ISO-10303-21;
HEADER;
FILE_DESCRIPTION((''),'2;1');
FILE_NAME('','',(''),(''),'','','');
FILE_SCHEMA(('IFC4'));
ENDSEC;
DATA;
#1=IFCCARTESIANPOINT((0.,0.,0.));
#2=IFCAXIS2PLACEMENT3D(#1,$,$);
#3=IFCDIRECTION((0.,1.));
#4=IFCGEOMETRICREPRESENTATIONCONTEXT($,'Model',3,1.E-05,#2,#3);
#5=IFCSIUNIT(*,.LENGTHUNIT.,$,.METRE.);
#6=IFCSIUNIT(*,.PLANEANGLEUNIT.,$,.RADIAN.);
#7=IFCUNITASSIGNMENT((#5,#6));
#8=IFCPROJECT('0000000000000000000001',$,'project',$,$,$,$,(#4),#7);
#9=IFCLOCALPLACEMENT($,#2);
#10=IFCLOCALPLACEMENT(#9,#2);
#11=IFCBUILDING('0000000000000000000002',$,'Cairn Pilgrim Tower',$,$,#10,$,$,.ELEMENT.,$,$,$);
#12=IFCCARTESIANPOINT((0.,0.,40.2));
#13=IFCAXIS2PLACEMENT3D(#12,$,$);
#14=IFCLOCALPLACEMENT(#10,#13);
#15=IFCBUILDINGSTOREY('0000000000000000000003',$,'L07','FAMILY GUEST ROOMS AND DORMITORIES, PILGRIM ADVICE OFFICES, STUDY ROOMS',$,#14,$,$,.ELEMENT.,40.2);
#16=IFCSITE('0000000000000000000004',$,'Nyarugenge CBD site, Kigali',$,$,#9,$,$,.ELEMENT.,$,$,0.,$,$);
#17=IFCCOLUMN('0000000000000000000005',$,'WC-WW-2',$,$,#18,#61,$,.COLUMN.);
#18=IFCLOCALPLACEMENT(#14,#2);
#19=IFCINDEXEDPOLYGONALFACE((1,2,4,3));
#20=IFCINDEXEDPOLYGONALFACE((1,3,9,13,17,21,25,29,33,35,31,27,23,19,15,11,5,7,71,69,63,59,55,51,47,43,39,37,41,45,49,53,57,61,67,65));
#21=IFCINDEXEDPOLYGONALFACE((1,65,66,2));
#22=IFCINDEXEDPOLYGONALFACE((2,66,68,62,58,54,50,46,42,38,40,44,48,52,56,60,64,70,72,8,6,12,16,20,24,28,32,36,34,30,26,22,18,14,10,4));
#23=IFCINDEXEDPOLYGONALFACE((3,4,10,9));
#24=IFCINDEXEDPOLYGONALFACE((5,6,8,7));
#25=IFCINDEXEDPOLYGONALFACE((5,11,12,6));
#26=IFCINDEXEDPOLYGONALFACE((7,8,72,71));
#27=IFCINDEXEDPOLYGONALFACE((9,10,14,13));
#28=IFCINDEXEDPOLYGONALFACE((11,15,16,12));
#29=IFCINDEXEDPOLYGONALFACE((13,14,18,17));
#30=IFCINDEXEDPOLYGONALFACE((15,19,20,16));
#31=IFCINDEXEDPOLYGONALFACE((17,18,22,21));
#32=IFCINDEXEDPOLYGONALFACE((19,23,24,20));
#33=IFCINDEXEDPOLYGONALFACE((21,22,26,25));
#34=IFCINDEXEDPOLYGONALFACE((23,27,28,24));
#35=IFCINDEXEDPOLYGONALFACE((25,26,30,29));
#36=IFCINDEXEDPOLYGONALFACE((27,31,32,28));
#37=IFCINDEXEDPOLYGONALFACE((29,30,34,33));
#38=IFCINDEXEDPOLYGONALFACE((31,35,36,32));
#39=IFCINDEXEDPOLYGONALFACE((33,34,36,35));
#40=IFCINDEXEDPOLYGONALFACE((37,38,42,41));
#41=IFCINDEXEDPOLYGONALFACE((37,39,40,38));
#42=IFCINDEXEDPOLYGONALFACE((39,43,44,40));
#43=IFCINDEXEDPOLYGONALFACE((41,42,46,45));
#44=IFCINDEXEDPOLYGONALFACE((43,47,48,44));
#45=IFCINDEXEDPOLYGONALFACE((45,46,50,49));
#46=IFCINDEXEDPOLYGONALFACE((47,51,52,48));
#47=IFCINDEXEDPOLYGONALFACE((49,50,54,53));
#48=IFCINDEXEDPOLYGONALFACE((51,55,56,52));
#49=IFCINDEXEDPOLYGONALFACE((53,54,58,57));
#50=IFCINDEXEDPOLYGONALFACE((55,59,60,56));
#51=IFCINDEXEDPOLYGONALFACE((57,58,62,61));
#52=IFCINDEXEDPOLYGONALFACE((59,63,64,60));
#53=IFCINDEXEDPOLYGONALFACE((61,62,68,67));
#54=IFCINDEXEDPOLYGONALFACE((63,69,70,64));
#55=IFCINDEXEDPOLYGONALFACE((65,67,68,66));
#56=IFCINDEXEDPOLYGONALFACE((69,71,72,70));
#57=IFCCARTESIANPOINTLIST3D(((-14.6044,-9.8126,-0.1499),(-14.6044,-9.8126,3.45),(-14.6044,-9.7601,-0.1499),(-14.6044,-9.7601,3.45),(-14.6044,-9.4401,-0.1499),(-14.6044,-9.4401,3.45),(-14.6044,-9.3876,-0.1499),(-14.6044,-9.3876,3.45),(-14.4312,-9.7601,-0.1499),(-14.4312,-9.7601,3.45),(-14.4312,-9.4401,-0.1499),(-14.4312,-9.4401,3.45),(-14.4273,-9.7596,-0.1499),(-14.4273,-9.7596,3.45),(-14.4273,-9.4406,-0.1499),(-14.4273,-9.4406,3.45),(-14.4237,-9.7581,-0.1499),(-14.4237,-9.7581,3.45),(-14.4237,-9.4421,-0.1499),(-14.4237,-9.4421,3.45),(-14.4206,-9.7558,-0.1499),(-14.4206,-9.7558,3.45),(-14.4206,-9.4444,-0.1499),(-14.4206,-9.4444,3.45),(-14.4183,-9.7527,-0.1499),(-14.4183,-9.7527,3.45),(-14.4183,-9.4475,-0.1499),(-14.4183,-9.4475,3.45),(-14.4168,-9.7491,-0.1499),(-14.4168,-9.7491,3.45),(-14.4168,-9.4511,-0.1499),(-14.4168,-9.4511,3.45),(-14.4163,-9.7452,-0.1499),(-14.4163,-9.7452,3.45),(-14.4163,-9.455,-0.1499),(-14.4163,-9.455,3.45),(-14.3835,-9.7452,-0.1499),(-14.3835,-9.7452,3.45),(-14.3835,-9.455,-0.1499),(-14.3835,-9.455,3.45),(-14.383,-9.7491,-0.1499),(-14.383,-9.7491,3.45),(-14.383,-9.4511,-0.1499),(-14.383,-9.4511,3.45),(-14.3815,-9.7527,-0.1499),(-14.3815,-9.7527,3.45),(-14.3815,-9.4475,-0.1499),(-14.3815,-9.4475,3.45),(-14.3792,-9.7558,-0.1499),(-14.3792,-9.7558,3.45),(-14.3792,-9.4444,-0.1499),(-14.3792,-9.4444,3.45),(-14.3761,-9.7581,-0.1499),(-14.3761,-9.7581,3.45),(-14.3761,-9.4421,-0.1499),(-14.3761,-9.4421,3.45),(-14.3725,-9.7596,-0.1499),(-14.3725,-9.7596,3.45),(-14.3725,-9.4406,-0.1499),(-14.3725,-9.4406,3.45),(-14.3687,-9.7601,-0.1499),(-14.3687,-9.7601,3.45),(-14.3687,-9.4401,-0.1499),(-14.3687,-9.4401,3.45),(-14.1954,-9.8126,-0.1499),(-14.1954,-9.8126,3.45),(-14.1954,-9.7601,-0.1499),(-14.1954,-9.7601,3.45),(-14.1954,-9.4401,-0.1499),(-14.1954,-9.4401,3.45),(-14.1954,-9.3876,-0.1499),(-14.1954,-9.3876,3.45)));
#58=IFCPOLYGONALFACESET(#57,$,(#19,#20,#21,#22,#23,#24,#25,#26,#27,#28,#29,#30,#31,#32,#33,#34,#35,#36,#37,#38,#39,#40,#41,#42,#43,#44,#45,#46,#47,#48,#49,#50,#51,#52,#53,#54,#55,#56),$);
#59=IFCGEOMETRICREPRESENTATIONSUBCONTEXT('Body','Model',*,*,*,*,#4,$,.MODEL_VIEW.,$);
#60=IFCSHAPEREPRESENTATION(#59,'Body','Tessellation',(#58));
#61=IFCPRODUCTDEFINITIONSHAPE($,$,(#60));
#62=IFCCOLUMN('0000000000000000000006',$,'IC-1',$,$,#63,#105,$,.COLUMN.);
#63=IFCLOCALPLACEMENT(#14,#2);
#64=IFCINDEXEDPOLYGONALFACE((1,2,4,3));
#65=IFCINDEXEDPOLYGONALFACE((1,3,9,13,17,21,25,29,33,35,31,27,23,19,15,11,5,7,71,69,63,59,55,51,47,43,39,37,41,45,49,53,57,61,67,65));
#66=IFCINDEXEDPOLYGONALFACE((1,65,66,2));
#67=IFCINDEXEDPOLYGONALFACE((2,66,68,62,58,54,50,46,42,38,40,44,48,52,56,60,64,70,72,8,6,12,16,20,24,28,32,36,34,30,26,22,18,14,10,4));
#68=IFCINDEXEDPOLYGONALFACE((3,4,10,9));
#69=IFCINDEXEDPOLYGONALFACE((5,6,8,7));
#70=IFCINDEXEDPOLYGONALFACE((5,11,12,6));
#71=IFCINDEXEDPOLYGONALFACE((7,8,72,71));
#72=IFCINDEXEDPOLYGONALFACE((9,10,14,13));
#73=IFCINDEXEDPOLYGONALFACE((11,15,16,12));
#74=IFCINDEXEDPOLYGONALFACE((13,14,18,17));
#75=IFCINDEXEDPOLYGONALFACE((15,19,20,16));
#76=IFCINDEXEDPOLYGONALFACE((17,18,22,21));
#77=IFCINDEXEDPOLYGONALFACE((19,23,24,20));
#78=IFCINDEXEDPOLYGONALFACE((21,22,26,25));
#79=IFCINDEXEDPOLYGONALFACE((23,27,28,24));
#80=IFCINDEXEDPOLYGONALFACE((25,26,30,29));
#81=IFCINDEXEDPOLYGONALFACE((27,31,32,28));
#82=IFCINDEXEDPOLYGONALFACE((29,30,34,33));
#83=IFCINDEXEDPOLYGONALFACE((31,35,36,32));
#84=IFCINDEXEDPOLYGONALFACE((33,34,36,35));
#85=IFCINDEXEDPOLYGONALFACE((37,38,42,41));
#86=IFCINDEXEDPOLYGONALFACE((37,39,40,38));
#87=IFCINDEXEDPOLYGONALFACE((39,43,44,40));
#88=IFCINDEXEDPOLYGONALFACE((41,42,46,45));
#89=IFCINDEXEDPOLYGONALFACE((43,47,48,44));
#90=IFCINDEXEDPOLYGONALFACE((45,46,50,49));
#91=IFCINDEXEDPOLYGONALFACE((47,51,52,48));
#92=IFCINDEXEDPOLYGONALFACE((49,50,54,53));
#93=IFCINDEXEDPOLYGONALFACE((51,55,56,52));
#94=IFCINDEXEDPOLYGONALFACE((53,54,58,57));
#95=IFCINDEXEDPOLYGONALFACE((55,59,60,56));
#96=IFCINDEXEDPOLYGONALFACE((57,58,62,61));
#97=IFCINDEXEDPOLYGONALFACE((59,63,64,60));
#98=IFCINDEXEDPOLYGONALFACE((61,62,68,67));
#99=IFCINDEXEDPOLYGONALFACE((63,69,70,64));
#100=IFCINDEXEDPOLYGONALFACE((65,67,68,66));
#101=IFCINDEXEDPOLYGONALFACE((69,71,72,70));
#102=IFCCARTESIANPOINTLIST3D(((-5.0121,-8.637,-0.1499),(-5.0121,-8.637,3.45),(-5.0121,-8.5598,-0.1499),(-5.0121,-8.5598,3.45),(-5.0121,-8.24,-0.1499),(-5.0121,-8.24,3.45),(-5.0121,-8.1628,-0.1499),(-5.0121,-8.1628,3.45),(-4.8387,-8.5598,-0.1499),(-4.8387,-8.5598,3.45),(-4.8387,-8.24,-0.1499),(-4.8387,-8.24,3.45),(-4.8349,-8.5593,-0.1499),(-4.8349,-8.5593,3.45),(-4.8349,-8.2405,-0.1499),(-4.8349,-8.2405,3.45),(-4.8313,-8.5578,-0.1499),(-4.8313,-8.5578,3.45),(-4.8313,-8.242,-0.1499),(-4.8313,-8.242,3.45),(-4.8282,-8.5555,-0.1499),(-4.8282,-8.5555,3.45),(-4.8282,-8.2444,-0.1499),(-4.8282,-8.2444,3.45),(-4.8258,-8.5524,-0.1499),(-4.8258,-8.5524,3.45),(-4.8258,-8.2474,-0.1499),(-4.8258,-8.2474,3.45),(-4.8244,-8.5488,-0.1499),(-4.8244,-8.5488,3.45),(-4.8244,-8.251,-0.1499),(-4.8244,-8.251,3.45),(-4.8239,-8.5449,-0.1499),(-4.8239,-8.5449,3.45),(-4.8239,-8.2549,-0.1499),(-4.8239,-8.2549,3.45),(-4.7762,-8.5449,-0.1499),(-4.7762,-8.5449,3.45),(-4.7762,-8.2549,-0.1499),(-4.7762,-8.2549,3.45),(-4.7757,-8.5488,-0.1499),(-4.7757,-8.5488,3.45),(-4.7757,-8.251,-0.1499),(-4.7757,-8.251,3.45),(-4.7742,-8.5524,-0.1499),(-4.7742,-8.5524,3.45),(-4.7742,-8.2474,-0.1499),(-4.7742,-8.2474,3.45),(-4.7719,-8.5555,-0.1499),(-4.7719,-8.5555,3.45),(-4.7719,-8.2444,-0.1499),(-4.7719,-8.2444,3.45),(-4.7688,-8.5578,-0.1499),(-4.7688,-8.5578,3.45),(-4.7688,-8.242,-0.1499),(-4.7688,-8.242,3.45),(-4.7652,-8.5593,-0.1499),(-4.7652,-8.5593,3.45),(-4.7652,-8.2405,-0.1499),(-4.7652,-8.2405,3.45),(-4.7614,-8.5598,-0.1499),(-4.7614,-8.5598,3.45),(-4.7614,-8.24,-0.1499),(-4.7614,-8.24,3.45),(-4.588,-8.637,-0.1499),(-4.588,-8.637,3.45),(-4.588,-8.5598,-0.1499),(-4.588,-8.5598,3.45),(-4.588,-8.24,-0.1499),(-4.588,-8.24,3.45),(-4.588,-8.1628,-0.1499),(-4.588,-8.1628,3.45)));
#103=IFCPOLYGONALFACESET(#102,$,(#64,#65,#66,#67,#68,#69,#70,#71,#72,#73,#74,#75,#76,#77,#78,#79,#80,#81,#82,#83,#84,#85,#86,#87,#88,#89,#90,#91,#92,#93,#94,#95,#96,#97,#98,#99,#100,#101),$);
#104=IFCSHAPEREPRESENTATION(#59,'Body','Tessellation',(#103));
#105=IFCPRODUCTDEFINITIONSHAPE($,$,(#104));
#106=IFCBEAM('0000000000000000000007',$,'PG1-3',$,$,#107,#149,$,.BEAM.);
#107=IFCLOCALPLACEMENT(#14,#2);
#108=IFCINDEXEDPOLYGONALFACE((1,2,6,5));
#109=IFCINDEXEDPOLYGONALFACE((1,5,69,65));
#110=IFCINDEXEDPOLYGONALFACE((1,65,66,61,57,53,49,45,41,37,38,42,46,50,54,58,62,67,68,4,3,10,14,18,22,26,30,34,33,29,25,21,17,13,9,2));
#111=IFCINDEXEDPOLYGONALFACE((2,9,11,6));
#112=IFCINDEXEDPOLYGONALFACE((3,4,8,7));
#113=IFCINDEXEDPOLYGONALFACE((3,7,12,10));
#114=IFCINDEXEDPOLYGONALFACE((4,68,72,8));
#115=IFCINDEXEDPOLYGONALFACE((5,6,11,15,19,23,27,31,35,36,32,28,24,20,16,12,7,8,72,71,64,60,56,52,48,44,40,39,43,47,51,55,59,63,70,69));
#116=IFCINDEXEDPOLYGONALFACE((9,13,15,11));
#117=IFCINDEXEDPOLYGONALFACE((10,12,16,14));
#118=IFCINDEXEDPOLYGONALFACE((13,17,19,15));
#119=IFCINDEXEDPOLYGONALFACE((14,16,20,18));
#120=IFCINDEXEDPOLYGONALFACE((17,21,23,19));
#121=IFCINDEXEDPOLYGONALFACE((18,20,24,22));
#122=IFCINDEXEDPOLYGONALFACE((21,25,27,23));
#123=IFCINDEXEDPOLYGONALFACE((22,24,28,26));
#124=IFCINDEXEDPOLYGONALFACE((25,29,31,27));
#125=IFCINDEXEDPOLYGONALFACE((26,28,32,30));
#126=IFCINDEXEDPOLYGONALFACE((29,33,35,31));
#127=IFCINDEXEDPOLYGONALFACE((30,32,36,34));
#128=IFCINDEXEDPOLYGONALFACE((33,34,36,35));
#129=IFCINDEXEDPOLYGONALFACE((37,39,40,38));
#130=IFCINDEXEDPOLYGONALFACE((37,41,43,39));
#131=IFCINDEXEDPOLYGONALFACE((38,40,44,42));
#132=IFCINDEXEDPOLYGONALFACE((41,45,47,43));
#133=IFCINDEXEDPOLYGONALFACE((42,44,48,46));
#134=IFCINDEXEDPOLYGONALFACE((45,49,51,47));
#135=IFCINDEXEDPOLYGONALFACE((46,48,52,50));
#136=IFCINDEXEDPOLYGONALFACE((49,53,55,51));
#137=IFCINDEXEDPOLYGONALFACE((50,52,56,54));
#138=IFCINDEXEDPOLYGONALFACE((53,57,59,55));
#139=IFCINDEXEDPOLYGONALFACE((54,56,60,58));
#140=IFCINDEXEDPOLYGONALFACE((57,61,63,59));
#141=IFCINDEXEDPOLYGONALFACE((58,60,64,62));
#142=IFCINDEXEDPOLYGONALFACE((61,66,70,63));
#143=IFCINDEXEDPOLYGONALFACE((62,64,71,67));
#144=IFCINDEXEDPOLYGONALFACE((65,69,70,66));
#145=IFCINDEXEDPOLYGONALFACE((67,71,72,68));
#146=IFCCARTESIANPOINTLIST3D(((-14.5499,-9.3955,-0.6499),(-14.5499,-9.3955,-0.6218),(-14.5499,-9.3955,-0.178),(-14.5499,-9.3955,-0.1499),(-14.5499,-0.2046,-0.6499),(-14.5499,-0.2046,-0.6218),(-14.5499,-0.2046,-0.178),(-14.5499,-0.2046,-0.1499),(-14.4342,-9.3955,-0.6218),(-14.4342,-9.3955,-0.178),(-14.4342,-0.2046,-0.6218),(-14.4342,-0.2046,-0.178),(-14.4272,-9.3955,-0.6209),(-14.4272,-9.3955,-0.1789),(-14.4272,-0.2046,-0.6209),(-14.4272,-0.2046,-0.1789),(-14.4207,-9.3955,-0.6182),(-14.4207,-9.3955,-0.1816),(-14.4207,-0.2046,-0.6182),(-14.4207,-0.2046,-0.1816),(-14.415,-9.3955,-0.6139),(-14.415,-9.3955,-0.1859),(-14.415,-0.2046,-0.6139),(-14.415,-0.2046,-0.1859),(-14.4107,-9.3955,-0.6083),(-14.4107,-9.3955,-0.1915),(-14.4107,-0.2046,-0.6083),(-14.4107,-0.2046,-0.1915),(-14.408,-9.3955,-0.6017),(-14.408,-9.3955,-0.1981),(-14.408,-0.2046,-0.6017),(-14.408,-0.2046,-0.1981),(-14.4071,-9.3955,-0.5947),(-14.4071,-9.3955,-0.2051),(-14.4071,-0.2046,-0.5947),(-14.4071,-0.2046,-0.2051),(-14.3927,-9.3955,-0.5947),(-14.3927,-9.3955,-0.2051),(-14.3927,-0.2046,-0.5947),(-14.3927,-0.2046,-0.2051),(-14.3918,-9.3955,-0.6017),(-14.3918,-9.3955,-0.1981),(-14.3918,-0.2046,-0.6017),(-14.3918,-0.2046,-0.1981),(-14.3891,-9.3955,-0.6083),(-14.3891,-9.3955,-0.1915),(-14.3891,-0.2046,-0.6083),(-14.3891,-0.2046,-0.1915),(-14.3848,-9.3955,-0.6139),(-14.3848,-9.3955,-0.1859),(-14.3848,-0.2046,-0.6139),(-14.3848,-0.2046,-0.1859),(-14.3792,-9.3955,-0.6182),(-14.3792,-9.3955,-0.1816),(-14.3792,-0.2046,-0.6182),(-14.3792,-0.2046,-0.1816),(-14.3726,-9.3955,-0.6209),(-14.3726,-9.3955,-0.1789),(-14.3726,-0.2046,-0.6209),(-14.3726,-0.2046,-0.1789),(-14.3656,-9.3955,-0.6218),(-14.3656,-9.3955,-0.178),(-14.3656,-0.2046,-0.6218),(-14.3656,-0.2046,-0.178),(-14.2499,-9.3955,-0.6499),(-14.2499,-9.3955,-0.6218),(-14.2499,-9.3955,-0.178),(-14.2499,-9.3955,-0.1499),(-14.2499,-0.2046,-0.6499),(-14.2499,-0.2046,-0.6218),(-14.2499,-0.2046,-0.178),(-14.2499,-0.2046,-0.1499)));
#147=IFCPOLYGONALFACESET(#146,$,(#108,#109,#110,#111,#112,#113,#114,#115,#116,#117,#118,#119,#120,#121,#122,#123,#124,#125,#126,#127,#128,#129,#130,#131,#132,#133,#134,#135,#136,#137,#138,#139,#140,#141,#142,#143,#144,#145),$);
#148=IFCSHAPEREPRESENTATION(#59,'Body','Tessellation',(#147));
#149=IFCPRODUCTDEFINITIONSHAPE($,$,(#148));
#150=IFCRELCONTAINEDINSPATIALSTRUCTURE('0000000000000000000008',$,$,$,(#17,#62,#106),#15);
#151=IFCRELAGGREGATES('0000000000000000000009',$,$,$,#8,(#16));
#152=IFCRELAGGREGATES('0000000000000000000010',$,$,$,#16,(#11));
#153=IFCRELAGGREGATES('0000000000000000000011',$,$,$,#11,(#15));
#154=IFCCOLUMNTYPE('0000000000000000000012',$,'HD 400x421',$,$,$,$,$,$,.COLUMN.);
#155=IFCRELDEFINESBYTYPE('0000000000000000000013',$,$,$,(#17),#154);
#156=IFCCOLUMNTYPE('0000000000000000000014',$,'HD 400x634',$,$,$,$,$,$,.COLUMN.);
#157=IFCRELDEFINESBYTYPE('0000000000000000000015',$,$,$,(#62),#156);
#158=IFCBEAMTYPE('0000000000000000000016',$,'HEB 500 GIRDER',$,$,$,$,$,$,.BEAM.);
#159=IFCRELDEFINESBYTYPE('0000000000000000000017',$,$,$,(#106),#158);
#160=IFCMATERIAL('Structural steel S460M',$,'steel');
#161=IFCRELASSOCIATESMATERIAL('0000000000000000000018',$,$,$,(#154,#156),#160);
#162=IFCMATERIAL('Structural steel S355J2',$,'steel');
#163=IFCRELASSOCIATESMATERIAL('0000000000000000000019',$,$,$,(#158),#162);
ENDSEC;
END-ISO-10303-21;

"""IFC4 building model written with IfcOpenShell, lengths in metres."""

from ifc_helpers import new_model, si_unit, direction, frame, origin, origin_2d, place, context, subcontext, project, spatial, i_section, extrude, material, material_profile, profile_set, type_object, element, save


model = new_model("IFC4")

# Units and contexts
model_context = context("Model", 3, precision=1e-05, world=origin(), true_north=direction((0.0, 1.0)))
body_context = subcontext(model_context, "Body", "Model", "MODEL_VIEW")
ifc_project = project(units=[si_unit("LENGTHUNIT", "METRE"), si_unit("PLANEANGLEUNIT", "RADIAN")], contexts=[model_context])

# Site, building, storey
site_placement = place(None, origin())
site = spatial("IfcSite", under=ifc_project, at=site_placement, Name="Nyarugenge CBD site, Kigali", CompositionType="ELEMENT", RefElevation=0.0)
building_placement = place(site_placement, origin())
building = spatial("IfcBuilding", under=site, at=building_placement, Name="Cairn Pilgrim Tower", CompositionType="ELEMENT")
storey_placement = place(building_placement, frame((0.0, 0.0, 40.2)))
storey = spatial("IfcBuildingStorey", under=building, at=storey_placement, Name="L07", Description="FAMILY GUEST ROOMS AND DORMITORIES, PILGRIM ADVICE OFFICES, STUDY ROOMS", CompositionType="ELEMENT", Elevation=40.2)

# Columns
ifc_material_1 = material(Name="Structural steel S460M", Category="steel")
ifc_material_profile_1 = material_profile(ifc_material_1, i_section(OverallWidth=0.4089, OverallDepth=0.425, WebThickness=0.0327, FlangeThickness=0.0525, FilletRadius=0.0149, at=origin_2d()), Name="HD 400x421")
ifc_profile_set_1 = profile_set([ifc_material_profile_1], Name="Structural steel S460M")
column_type_1 = type_object("IfcColumnType", Name="HD 400x421", PredefinedType="COLUMN", material=ifc_profile_set_1)
column_1_placement = place(storey_placement, frame((-14.3999, -9.6001, -0.1499), z_axis=(0.0, 0.0, 1.0), x_axis=(1.0, 0.0, 0.0)))
element("IfcColumn", 1, at=column_1_placement, inside=storey, type_object=column_type_1, Name="WC-WW-2", PredefinedType="COLUMN", context=body_context, shape_type="SweptSolid", body=[
    extrude(i_section(OverallWidth=0.4089, OverallDepth=0.425, WebThickness=0.0327, FlangeThickness=0.0525, FilletRadius=0.0149, at=origin_2d()), origin(), (0.0, 0.0, 1.0), 3.5999),
])
ifc_material_profile_2 = material_profile(ifc_material_1, i_section(OverallWidth=0.4241, OverallDepth=0.4741, WebThickness=0.0476, FlangeThickness=0.0771, FilletRadius=0.0149, at=origin_2d()), Name="HD 400x634")
ifc_profile_set_2 = profile_set([ifc_material_profile_2], Name="Structural steel S460M")
column_type_2 = type_object("IfcColumnType", Name="HD 400x634", PredefinedType="COLUMN", material=ifc_profile_set_2)
column_2_placement = place(storey_placement, frame((-4.8, -8.3999, -0.1499), z_axis=(0.0, 0.0, 1.0), x_axis=(1.0, 0.0, 0.0)))
element("IfcColumn", 2, at=column_2_placement, inside=storey, type_object=column_type_2, Name="IC-1", PredefinedType="COLUMN", context=body_context, shape_type="SweptSolid", body=[
    extrude(i_section(OverallWidth=0.4241, OverallDepth=0.4741, WebThickness=0.0476, FlangeThickness=0.0771, FilletRadius=0.0149, at=origin_2d()), origin(), (0.0, 0.0, 1.0), 3.5999),
])

# Beam
ifc_material_2 = material(Name="Structural steel S355J2", Category="steel")
ifc_material_profile_3 = material_profile(ifc_material_2, i_section(OverallWidth=0.3, OverallDepth=0.5, WebThickness=0.0144, FlangeThickness=0.0281, FilletRadius=0.0271, at=origin_2d()), Name="HEB 500")
ifc_profile_set_3 = profile_set([ifc_material_profile_3], Name="Structural steel S355J2")
beam_type_1 = type_object("IfcBeamType", Name="HEB 500 GIRDER", PredefinedType="BEAM", material=ifc_profile_set_3)
beam_1_placement = place(storey_placement, frame((-14.3999, -9.3955, -0.3999), z_axis=(0.0, 1.0, 0.0), x_axis=(-1.0, 0.0, 0.0)))
element("IfcBeam", 3, at=beam_1_placement, inside=storey, type_object=beam_type_1, Name="PG1-3", PredefinedType="BEAM", context=body_context, shape_type="SweptSolid", body=[
    extrude(i_section(OverallWidth=0.3, OverallDepth=0.5, WebThickness=0.0144, FlangeThickness=0.0281, FilletRadius=0.0271, at=origin_2d()), origin(), (0.0, 0.0, 1.0), 9.1909),
])

save(model, "model.ifc")
